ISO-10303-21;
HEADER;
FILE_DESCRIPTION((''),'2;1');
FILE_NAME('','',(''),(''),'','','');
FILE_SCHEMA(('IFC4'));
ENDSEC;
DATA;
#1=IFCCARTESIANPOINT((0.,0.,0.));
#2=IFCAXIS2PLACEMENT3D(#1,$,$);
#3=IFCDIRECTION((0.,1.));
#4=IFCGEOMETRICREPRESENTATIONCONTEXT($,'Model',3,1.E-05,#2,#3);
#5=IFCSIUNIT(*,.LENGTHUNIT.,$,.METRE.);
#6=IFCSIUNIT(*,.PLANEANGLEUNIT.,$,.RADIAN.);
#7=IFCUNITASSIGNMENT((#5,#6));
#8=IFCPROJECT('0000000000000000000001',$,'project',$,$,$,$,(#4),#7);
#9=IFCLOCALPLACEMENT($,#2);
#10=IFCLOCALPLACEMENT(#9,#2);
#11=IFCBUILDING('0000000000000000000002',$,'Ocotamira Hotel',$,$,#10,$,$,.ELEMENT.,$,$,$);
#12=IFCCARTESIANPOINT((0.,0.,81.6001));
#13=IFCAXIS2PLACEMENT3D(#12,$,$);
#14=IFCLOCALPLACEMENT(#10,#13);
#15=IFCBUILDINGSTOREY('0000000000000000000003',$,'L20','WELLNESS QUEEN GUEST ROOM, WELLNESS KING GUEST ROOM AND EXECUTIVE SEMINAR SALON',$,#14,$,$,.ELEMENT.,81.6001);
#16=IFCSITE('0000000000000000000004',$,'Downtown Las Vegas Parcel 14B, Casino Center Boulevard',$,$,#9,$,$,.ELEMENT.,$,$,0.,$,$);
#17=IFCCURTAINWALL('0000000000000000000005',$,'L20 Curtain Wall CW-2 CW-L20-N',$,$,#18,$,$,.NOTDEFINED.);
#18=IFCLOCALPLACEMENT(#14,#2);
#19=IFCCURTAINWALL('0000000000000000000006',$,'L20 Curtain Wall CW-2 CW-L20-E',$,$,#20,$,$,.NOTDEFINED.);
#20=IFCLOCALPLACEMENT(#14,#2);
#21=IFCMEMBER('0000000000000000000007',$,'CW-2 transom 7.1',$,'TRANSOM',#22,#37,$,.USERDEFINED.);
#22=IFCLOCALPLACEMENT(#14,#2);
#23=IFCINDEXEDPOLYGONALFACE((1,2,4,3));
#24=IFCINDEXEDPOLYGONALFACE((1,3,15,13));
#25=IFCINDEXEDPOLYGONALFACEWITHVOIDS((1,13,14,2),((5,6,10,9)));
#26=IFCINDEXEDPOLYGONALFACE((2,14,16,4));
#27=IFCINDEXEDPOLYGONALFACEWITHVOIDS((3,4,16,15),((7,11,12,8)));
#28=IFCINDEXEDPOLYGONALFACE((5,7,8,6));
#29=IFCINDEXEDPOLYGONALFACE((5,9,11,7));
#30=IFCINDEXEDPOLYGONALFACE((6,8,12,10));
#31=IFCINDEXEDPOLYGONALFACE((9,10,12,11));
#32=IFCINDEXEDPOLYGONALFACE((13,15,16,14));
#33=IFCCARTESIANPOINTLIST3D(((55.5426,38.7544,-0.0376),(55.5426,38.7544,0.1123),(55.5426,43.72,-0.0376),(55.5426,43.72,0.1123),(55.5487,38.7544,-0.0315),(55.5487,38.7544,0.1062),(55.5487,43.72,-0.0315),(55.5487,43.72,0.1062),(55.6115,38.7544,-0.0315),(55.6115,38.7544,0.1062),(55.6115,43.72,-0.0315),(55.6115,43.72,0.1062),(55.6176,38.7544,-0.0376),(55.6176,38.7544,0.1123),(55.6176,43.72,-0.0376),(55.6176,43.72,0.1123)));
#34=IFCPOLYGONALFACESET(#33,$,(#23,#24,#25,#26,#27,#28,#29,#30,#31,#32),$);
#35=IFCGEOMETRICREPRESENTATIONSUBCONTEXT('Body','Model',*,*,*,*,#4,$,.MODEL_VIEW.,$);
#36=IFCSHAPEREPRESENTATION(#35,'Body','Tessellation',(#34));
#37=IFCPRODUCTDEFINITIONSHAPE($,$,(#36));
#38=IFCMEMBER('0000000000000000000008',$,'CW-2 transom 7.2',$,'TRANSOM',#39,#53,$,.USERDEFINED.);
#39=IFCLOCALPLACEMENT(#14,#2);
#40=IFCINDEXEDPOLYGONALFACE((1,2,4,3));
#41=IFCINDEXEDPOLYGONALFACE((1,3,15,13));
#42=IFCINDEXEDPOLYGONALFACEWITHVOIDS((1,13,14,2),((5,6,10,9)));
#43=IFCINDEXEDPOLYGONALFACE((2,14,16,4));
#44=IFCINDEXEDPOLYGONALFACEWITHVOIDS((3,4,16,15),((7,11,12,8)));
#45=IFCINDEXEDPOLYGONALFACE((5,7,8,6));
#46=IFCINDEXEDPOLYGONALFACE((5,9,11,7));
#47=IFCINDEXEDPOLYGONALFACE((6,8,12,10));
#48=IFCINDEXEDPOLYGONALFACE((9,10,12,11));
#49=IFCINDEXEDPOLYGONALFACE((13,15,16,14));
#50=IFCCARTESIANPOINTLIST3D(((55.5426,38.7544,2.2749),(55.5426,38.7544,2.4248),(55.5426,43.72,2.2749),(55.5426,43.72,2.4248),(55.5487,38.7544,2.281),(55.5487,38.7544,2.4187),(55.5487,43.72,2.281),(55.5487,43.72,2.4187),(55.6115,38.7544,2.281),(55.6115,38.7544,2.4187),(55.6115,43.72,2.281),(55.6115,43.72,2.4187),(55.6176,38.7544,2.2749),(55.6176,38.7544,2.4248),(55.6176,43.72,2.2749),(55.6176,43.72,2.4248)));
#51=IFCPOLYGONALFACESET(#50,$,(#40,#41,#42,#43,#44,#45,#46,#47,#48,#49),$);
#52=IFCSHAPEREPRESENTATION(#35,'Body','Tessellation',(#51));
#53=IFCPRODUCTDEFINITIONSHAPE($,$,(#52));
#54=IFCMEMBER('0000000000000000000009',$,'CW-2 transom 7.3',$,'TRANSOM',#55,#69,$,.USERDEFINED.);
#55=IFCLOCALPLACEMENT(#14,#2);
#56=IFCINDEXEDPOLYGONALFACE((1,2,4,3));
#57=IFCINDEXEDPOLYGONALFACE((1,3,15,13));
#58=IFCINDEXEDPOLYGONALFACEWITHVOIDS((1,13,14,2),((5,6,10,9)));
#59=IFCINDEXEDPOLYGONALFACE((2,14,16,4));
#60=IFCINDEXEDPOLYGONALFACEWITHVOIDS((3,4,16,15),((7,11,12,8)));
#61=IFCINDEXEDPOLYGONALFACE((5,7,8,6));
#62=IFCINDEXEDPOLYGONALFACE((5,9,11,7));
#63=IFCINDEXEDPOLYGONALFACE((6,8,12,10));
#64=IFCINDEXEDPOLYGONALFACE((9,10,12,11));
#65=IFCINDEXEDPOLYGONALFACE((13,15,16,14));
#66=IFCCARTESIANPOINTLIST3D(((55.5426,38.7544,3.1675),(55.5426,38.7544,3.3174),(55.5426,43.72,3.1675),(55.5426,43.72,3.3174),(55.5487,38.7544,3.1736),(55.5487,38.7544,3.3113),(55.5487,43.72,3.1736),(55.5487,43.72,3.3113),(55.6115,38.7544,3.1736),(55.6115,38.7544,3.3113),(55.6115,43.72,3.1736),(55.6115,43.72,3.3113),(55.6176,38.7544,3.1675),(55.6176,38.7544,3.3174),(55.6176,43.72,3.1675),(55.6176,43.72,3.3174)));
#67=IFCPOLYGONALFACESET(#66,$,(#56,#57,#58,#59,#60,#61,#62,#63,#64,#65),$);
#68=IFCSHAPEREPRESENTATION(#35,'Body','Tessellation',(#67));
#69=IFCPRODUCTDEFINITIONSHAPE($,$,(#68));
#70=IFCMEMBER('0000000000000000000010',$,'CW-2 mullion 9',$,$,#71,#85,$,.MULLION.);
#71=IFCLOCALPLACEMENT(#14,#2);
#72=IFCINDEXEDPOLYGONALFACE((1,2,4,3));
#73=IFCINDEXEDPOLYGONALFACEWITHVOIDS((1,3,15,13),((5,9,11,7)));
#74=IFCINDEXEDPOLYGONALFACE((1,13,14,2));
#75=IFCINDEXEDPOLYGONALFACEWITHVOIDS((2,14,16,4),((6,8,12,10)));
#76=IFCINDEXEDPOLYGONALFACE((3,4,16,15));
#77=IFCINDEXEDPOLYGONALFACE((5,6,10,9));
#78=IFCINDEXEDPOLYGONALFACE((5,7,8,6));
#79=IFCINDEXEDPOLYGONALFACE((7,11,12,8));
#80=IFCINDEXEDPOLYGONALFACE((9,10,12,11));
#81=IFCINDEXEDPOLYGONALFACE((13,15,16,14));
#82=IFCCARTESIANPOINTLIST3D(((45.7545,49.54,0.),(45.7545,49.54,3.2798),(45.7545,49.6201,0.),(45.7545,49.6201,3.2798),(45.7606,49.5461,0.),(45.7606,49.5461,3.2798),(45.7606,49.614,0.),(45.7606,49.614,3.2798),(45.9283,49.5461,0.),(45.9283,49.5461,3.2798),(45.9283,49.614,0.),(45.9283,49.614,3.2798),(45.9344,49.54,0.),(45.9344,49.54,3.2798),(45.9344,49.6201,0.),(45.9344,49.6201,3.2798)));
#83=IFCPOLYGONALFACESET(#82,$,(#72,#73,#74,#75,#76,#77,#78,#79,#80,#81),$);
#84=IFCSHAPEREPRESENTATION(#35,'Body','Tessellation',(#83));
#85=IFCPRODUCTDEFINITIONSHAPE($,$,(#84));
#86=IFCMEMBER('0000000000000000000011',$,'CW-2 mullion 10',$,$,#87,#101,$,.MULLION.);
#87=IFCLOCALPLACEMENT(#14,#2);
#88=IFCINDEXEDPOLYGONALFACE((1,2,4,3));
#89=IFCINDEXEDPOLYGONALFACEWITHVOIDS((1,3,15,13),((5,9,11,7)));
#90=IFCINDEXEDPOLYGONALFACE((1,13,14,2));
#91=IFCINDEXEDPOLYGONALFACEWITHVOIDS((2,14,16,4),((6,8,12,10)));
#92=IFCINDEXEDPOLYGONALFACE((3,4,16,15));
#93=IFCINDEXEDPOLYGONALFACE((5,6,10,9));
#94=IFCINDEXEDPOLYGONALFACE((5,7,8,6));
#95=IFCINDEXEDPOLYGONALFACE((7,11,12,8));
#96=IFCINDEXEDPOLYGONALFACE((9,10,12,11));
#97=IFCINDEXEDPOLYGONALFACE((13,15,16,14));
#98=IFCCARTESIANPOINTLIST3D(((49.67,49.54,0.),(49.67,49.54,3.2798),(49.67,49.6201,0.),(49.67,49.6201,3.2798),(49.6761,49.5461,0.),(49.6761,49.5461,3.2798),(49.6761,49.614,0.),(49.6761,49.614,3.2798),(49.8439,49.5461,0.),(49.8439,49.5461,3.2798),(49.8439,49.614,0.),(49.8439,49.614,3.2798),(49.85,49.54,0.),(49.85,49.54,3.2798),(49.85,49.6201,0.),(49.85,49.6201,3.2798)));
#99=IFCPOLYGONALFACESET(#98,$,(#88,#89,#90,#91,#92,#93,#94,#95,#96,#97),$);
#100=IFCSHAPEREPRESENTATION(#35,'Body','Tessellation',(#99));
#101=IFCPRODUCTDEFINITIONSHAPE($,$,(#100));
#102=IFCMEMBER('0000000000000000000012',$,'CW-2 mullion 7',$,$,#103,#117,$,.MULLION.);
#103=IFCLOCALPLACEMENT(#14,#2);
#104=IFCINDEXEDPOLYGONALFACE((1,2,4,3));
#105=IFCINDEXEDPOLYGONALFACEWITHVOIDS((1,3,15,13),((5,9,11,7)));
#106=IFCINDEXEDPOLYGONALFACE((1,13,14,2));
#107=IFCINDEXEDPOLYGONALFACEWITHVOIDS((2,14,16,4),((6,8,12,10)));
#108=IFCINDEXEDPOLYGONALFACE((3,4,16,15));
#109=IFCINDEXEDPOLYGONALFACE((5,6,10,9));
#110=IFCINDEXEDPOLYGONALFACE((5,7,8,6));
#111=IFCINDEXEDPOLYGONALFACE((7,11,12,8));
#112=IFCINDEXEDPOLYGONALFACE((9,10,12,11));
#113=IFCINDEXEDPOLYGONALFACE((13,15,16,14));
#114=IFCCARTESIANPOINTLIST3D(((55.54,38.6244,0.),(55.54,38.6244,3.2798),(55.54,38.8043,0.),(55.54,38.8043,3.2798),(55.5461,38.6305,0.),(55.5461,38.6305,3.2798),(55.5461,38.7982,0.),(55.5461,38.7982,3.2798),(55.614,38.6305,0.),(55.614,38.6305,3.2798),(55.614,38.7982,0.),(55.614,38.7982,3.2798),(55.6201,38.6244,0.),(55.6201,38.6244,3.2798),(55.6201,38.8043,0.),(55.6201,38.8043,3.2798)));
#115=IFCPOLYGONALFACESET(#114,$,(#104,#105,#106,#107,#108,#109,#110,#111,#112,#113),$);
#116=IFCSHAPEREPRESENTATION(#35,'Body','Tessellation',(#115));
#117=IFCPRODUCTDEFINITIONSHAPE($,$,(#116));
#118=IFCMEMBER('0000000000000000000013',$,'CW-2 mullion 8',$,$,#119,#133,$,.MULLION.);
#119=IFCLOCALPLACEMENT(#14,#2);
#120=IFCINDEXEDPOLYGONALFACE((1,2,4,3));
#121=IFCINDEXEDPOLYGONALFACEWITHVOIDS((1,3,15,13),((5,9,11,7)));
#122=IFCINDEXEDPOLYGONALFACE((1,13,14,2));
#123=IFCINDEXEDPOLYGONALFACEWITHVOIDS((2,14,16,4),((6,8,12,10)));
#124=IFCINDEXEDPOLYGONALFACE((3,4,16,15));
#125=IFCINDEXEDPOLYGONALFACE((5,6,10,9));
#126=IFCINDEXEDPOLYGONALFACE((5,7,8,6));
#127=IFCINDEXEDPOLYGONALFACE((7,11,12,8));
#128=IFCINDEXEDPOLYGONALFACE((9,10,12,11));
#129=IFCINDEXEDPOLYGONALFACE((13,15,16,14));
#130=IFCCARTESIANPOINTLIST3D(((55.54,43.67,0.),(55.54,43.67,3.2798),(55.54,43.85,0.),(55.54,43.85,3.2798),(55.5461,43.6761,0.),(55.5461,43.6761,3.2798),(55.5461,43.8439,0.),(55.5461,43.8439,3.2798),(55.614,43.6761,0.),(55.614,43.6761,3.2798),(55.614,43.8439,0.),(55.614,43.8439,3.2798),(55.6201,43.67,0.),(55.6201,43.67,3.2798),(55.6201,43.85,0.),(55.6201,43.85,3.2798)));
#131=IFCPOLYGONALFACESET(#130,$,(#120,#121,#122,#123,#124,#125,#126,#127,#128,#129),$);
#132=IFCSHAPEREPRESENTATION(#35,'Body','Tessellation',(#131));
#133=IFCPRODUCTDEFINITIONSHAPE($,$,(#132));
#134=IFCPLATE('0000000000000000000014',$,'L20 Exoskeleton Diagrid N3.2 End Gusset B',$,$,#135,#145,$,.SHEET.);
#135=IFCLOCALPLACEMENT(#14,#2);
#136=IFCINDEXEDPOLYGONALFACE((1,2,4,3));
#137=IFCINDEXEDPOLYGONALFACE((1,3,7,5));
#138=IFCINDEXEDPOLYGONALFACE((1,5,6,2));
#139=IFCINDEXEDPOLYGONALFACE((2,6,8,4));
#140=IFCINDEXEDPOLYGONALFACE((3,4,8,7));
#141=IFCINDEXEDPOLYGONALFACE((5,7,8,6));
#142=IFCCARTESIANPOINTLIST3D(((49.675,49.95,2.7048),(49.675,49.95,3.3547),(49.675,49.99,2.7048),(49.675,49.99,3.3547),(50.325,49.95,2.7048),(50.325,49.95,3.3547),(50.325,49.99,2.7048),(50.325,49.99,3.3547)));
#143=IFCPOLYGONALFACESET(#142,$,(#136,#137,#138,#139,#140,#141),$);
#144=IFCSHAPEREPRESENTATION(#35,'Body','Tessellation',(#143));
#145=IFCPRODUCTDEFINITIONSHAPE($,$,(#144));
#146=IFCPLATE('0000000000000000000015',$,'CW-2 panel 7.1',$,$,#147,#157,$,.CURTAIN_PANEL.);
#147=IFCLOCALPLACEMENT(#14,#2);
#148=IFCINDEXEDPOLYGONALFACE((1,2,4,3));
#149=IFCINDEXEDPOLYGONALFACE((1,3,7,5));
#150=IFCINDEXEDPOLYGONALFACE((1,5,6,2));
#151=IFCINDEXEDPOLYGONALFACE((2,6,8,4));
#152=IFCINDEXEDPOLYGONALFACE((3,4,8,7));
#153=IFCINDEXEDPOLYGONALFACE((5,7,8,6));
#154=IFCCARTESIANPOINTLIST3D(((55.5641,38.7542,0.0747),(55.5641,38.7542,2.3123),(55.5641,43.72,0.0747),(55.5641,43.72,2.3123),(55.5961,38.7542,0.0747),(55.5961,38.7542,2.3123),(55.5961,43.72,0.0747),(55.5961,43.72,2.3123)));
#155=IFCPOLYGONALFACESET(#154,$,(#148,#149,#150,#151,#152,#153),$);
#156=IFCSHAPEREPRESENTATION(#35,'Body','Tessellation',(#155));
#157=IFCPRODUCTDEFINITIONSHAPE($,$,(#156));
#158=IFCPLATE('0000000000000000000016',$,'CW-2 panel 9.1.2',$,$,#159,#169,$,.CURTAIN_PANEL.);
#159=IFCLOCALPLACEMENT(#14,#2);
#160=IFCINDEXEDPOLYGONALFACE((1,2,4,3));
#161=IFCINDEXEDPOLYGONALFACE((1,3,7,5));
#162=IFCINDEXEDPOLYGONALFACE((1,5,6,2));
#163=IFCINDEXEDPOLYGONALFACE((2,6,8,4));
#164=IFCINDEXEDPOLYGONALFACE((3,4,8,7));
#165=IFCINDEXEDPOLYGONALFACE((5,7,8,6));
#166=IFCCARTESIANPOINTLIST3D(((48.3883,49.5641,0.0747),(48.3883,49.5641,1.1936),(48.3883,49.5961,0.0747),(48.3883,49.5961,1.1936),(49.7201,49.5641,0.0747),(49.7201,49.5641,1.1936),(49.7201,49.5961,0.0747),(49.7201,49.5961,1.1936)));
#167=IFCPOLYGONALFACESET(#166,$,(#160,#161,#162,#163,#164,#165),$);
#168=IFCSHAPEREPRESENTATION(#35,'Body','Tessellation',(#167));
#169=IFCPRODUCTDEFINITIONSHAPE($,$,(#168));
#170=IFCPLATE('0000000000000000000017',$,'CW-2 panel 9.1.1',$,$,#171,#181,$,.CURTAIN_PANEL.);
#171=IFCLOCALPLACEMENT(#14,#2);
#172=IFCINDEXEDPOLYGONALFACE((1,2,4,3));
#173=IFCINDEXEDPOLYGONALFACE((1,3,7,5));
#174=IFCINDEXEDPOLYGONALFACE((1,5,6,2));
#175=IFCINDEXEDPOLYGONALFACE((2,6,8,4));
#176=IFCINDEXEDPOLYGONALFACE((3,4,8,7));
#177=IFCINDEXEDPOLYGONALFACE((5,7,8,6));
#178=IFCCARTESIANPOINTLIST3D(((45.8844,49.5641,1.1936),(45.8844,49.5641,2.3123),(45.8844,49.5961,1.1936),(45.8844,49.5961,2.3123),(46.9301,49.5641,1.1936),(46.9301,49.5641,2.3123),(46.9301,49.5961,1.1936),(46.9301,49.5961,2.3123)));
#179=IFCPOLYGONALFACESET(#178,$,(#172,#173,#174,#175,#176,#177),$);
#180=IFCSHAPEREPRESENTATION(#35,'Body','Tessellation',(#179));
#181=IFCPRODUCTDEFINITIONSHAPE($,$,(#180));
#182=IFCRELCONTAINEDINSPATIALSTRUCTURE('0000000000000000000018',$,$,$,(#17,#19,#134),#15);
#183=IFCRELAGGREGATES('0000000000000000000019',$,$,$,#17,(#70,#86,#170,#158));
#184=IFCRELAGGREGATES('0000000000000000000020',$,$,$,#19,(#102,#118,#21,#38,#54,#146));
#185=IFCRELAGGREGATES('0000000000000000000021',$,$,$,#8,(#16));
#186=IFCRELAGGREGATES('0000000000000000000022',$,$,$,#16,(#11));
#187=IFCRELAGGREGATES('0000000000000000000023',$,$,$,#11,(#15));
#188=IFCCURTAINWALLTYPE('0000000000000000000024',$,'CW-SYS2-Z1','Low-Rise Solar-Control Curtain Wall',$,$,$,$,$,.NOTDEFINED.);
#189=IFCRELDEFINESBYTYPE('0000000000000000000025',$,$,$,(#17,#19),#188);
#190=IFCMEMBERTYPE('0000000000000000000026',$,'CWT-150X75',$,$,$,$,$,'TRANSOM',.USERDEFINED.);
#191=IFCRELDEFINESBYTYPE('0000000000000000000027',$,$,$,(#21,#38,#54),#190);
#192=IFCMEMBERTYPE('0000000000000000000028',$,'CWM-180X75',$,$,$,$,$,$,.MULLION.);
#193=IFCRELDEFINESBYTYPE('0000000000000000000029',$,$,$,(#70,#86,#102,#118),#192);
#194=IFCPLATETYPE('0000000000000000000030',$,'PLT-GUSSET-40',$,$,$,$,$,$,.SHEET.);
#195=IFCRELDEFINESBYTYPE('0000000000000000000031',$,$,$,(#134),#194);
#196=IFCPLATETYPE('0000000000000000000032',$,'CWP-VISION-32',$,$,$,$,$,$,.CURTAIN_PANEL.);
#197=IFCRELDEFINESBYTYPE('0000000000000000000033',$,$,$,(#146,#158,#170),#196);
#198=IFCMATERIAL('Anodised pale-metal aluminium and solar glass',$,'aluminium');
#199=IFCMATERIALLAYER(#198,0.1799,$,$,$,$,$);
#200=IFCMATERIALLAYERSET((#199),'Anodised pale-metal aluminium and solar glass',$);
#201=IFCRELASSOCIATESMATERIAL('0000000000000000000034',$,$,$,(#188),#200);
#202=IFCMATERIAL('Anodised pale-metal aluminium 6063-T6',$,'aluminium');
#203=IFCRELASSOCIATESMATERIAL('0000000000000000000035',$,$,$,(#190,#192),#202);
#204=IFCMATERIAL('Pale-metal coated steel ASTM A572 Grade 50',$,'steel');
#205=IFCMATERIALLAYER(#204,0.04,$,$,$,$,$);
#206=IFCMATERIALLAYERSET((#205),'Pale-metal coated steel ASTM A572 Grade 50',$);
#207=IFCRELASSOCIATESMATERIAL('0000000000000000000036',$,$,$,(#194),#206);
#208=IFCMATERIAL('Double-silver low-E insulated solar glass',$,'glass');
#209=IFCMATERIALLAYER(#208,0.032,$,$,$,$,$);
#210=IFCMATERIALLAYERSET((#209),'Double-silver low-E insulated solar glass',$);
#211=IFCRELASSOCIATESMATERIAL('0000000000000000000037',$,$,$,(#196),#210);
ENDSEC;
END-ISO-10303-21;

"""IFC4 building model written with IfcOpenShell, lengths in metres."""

from ifc_helpers import new_model, si_unit, direction, frame, origin, origin_2d, place, context, subcontext, project, spatial, rectangle, hollow_rectangle, extrude, source, transform, mapped, material, layer, layer_set, material_profile, profile_set, type_object, element, aggregate, save


model = new_model("IFC4")

# Units and contexts
model_context = context("Model", 3, precision=1e-05, world=origin(), true_north=direction((0.0, 1.0)))
body_context = subcontext(model_context, "Body", "Model", "MODEL_VIEW")
ifc_project = project(units=[si_unit("LENGTHUNIT", "METRE"), si_unit("PLANEANGLEUNIT", "RADIAN")], contexts=[model_context])

# Site, building, storey
site_placement = place(None, origin())
site = spatial("IfcSite", under=ifc_project, at=site_placement, Name="Downtown Las Vegas Parcel 14B, Casino Center Boulevard", CompositionType="ELEMENT", RefElevation=0.0)
building_placement = place(site_placement, origin())
building = spatial("IfcBuilding", under=site, at=building_placement, Name="Ocotamira Hotel", CompositionType="ELEMENT")
storey_placement = place(building_placement, frame((0.0, 0.0, 81.6001)))
storey = spatial("IfcBuildingStorey", under=building, at=storey_placement, Name="L20", Description="WELLNESS QUEEN GUEST ROOM, WELLNESS KING GUEST ROOM AND EXECUTIVE SEMINAR SALON", CompositionType="ELEMENT", Elevation=81.6001)

# Curtain walls, members
ifc_material_1 = material(Name="Anodised pale-metal aluminium and solar glass", Category="aluminium")
ifc_layer_1 = layer(ifc_material_1, 0.1799)
ifc_layer_set_1 = layer_set([ifc_layer_1], Name="Anodised pale-metal aluminium and solar glass")
curtain_wall_type = type_object("IfcCurtainWallType", Name="CW-SYS2-Z1", Description="Low-Rise Solar-Control Curtain Wall", PredefinedType="NOTDEFINED", material=ifc_layer_set_1)
curtain_wall_1_placement = place(storey_placement, origin())
curtain_wall_1 = element("IfcCurtainWall", 1, at=curtain_wall_1_placement, inside=storey, type_object=curtain_wall_type, Name="L20 Curtain Wall CW-2 CW-L20-N", PredefinedType="NOTDEFINED")
ifc_material_2 = material(Name="Anodised pale-metal aluminium 6063-T6", Category="aluminium")
ifc_material_profile_1 = material_profile(ifc_material_2, hollow_rectangle(XDim=0.075, YDim=0.1499, WallThickness=0.0061, at=origin_2d()), Name="HSS150X75X6")
ifc_profile_set_1 = profile_set([ifc_material_profile_1], Name="Anodised pale-metal aluminium 6063-T6")
member_type_1 = type_object("IfcMemberType", Name="CWT-150X75", ElementType="TRANSOM", PredefinedType="USERDEFINED", material=ifc_profile_set_1)
curtain_wall_2_placement = place(storey_placement, origin())
curtain_wall_2 = element("IfcCurtainWall", 2, at=curtain_wall_2_placement, inside=storey, type_object=curtain_wall_type, Name="L20 Curtain Wall CW-2 CW-L20-E", PredefinedType="NOTDEFINED")
shared_shape_1 = source(origin(), body_context, "Body", "SweptSolid", [
    extrude(hollow_rectangle(XDim=0.075, YDim=0.1499, WallThickness=0.0061, at=origin_2d()), origin(), (0.0, 0.0, 1.0), 4.9656),
])
member_1_placement = place(storey_placement, frame((55.5801, 38.7544, 0.0374), z_axis=(0.0, 1.0, 0.0), x_axis=(-1.0, 0.0, 0.0)))
member_1 = element("IfcMember", 3, at=member_1_placement, type_object=member_type_1, Name="CW-2 transom 7.1", ObjectType="TRANSOM", PredefinedType="USERDEFINED", context=body_context, shape_type="MappedRepresentation", body=[
    mapped(shared_shape_1, transform((0.0, 0.0, 0.0), scale=1.0)),
])
member_2_placement = place(storey_placement, frame((55.5801, 38.7544, 2.3499), z_axis=(0.0, 1.0, 0.0), x_axis=(-1.0, 0.0, 0.0)))
member_2 = element("IfcMember", 4, at=member_2_placement, type_object=member_type_1, Name="CW-2 transom 7.2", ObjectType="TRANSOM", PredefinedType="USERDEFINED", context=body_context, shape_type="MappedRepresentation", body=[
    mapped(shared_shape_1, transform((0.0, 0.0, 0.0), scale=1.0)),
])
member_3_placement = place(storey_placement, frame((55.5801, 38.7544, 3.2424), z_axis=(0.0, 1.0, 0.0), x_axis=(-1.0, 0.0, 0.0)))
member_3 = element("IfcMember", 5, at=member_3_placement, type_object=member_type_1, Name="CW-2 transom 7.3", ObjectType="TRANSOM", PredefinedType="USERDEFINED", context=body_context, shape_type="MappedRepresentation", body=[
    mapped(shared_shape_1, transform((0.0, 0.0, 0.0), scale=1.0)),
])

# Members
ifc_material_profile_2 = material_profile(ifc_material_2, hollow_rectangle(XDim=0.0801, YDim=0.1799, WallThickness=0.0061, at=origin_2d()), Name="HSS180X80X6")
ifc_profile_set_2 = profile_set([ifc_material_profile_2], Name="Anodised pale-metal aluminium 6063-T6")
member_type_2 = type_object("IfcMemberType", Name="CWM-180X75", PredefinedType="MULLION", material=ifc_profile_set_2)
shared_shape_2 = source(origin(), body_context, "Body", "SweptSolid", [
    extrude(hollow_rectangle(XDim=0.0801, YDim=0.1799, WallThickness=0.0061, at=origin_2d()), origin(), (0.0, 0.0, 1.0), 3.2798),
])
member_4_placement = place(storey_placement, frame((45.8445, 49.5801, 0.0), z_axis=(0.0, 0.0, 1.0), x_axis=(0.0, 1.0, 0.0)))
member_4 = element("IfcMember", 6, at=member_4_placement, type_object=member_type_2, Name="CW-2 mullion 9", PredefinedType="MULLION", context=body_context, shape_type="MappedRepresentation", body=[
    mapped(shared_shape_2, transform((0.0, 0.0, 0.0), scale=1.0)),
])
member_5_placement = place(storey_placement, frame((49.76, 49.5801, 0.0), z_axis=(0.0, 0.0, 1.0), x_axis=(0.0, 1.0, 0.0)))
member_5 = element("IfcMember", 7, at=member_5_placement, type_object=member_type_2, Name="CW-2 mullion 10", PredefinedType="MULLION", context=body_context, shape_type="MappedRepresentation", body=[
    mapped(shared_shape_2, transform((0.0, 0.0, 0.0), scale=1.0)),
])
member_6_placement = place(storey_placement, frame((55.5801, 38.7144, 0.0), z_axis=(0.0, 0.0, 1.0), x_axis=(-1.0, 0.0, 0.0)))
member_6 = element("IfcMember", 8, at=member_6_placement, type_object=member_type_2, Name="CW-2 mullion 7", PredefinedType="MULLION", context=body_context, shape_type="MappedRepresentation", body=[
    mapped(shared_shape_2, transform((0.0, 0.0, 0.0), scale=1.0)),
])
member_7_placement = place(storey_placement, frame((55.5801, 43.76, 0.0), z_axis=(0.0, 0.0, 1.0), x_axis=(-1.0, 0.0, 0.0)))
member_7 = element("IfcMember", 9, at=member_7_placement, type_object=member_type_2, Name="CW-2 mullion 8", PredefinedType="MULLION", context=body_context, shape_type="MappedRepresentation", body=[
    mapped(shared_shape_2, transform((0.0, 0.0, 0.0), scale=1.0)),
])

# Plates
ifc_material_3 = material(Name="Pale-metal coated steel ASTM A572 Grade 50", Category="steel")
ifc_layer_2 = layer(ifc_material_3, 0.04)
ifc_layer_set_2 = layer_set([ifc_layer_2], Name="Pale-metal coated steel ASTM A572 Grade 50")
plate_type_1 = type_object("IfcPlateType", Name="PLT-GUSSET-40", PredefinedType="SHEET", material=ifc_layer_set_2)
shared_shape_3 = source(origin(), body_context, "Body", "SweptSolid", [
    extrude(rectangle(XDim=0.6499, YDim=0.04, at=origin_2d()), origin(), (0.0, 0.0, 1.0), 0.6499),
])
plate_1_placement = place(storey_placement, frame((50.0, 49.97, 2.7048), z_axis=(0.0, 0.0, 1.0), x_axis=(1.0, 0.0, 0.0)))
element("IfcPlate", 10, at=plate_1_placement, inside=storey, type_object=plate_type_1, Name="L20 Exoskeleton Diagrid N3.2 End Gusset B", PredefinedType="SHEET", context=body_context, shape_type="MappedRepresentation", body=[
    mapped(shared_shape_3, transform((0.0, 0.0, 0.0), scale=1.0)),
])
ifc_material_4 = material(Name="Double-silver low-E insulated solar glass", Category="glass")
ifc_layer_3 = layer(ifc_material_4, 0.032)
ifc_layer_set_3 = layer_set([ifc_layer_3], Name="Double-silver low-E insulated solar glass")
plate_type_2 = type_object("IfcPlateType", Name="CWP-VISION-32", PredefinedType="CURTAIN_PANEL", material=ifc_layer_set_3)
shared_shape_4 = source(origin(), body_context, "Body", "SweptSolid", [
    extrude(rectangle(XDim=4.9658, YDim=0.032, at=origin_2d()), origin(), (0.0, 0.0, 1.0), 2.2375),
])
plate_2_placement = place(storey_placement, frame((55.5801, 41.2371, 0.0747), z_axis=(0.0, 0.0, 1.0), x_axis=(0.0, 1.0, 0.0)))
plate_2 = element("IfcPlate", 11, at=plate_2_placement, type_object=plate_type_2, Name="CW-2 panel 7.1", PredefinedType="CURTAIN_PANEL", context=body_context, shape_type="MappedRepresentation", body=[
    mapped(shared_shape_4, transform((0.0, 0.0, 0.0), scale=1.0)),
])
shared_shape_5 = source(origin(), body_context, "Body", "SweptSolid", [
    extrude(rectangle(XDim=1.3318, YDim=0.032, at=origin_2d()), origin(), (0.0, 0.0, 1.0), 1.1189),
])
plate_3_placement = place(storey_placement, frame((49.0542, 49.5801, 0.0747), z_axis=(0.0, 0.0, 1.0), x_axis=(1.0, 0.0, 0.0)))
plate_3 = element("IfcPlate", 12, at=plate_3_placement, type_object=plate_type_2, Name="CW-2 panel 9.1.2", PredefinedType="CURTAIN_PANEL", context=body_context, shape_type="MappedRepresentation", body=[
    mapped(shared_shape_5, transform((0.0, 0.0, 0.0), scale=1.0)),
])
shared_shape_6 = source(origin(), body_context, "Body", "SweptSolid", [
    extrude(rectangle(XDim=1.0457, YDim=0.032, at=origin_2d()), origin(), (0.0, 0.0, 1.0), 1.1187),
])
plate_4_placement = place(storey_placement, frame((46.4072, 49.5801, 1.1936), z_axis=(0.0, 0.0, 1.0), x_axis=(1.0, 0.0, 0.0)))
plate_4 = element("IfcPlate", 13, at=plate_4_placement, type_object=plate_type_2, Name="CW-2 panel 9.1.1", PredefinedType="CURTAIN_PANEL", context=body_context, shape_type="MappedRepresentation", body=[
    mapped(shared_shape_6, transform((0.0, 0.0, 0.0), scale=1.0)),
])
aggregate(curtain_wall_1, [member_4, member_5, plate_4, plate_3])
aggregate(curtain_wall_2, [member_6, member_7, member_1, member_2, member_3, plate_2])

save(model, "model.ifc")
